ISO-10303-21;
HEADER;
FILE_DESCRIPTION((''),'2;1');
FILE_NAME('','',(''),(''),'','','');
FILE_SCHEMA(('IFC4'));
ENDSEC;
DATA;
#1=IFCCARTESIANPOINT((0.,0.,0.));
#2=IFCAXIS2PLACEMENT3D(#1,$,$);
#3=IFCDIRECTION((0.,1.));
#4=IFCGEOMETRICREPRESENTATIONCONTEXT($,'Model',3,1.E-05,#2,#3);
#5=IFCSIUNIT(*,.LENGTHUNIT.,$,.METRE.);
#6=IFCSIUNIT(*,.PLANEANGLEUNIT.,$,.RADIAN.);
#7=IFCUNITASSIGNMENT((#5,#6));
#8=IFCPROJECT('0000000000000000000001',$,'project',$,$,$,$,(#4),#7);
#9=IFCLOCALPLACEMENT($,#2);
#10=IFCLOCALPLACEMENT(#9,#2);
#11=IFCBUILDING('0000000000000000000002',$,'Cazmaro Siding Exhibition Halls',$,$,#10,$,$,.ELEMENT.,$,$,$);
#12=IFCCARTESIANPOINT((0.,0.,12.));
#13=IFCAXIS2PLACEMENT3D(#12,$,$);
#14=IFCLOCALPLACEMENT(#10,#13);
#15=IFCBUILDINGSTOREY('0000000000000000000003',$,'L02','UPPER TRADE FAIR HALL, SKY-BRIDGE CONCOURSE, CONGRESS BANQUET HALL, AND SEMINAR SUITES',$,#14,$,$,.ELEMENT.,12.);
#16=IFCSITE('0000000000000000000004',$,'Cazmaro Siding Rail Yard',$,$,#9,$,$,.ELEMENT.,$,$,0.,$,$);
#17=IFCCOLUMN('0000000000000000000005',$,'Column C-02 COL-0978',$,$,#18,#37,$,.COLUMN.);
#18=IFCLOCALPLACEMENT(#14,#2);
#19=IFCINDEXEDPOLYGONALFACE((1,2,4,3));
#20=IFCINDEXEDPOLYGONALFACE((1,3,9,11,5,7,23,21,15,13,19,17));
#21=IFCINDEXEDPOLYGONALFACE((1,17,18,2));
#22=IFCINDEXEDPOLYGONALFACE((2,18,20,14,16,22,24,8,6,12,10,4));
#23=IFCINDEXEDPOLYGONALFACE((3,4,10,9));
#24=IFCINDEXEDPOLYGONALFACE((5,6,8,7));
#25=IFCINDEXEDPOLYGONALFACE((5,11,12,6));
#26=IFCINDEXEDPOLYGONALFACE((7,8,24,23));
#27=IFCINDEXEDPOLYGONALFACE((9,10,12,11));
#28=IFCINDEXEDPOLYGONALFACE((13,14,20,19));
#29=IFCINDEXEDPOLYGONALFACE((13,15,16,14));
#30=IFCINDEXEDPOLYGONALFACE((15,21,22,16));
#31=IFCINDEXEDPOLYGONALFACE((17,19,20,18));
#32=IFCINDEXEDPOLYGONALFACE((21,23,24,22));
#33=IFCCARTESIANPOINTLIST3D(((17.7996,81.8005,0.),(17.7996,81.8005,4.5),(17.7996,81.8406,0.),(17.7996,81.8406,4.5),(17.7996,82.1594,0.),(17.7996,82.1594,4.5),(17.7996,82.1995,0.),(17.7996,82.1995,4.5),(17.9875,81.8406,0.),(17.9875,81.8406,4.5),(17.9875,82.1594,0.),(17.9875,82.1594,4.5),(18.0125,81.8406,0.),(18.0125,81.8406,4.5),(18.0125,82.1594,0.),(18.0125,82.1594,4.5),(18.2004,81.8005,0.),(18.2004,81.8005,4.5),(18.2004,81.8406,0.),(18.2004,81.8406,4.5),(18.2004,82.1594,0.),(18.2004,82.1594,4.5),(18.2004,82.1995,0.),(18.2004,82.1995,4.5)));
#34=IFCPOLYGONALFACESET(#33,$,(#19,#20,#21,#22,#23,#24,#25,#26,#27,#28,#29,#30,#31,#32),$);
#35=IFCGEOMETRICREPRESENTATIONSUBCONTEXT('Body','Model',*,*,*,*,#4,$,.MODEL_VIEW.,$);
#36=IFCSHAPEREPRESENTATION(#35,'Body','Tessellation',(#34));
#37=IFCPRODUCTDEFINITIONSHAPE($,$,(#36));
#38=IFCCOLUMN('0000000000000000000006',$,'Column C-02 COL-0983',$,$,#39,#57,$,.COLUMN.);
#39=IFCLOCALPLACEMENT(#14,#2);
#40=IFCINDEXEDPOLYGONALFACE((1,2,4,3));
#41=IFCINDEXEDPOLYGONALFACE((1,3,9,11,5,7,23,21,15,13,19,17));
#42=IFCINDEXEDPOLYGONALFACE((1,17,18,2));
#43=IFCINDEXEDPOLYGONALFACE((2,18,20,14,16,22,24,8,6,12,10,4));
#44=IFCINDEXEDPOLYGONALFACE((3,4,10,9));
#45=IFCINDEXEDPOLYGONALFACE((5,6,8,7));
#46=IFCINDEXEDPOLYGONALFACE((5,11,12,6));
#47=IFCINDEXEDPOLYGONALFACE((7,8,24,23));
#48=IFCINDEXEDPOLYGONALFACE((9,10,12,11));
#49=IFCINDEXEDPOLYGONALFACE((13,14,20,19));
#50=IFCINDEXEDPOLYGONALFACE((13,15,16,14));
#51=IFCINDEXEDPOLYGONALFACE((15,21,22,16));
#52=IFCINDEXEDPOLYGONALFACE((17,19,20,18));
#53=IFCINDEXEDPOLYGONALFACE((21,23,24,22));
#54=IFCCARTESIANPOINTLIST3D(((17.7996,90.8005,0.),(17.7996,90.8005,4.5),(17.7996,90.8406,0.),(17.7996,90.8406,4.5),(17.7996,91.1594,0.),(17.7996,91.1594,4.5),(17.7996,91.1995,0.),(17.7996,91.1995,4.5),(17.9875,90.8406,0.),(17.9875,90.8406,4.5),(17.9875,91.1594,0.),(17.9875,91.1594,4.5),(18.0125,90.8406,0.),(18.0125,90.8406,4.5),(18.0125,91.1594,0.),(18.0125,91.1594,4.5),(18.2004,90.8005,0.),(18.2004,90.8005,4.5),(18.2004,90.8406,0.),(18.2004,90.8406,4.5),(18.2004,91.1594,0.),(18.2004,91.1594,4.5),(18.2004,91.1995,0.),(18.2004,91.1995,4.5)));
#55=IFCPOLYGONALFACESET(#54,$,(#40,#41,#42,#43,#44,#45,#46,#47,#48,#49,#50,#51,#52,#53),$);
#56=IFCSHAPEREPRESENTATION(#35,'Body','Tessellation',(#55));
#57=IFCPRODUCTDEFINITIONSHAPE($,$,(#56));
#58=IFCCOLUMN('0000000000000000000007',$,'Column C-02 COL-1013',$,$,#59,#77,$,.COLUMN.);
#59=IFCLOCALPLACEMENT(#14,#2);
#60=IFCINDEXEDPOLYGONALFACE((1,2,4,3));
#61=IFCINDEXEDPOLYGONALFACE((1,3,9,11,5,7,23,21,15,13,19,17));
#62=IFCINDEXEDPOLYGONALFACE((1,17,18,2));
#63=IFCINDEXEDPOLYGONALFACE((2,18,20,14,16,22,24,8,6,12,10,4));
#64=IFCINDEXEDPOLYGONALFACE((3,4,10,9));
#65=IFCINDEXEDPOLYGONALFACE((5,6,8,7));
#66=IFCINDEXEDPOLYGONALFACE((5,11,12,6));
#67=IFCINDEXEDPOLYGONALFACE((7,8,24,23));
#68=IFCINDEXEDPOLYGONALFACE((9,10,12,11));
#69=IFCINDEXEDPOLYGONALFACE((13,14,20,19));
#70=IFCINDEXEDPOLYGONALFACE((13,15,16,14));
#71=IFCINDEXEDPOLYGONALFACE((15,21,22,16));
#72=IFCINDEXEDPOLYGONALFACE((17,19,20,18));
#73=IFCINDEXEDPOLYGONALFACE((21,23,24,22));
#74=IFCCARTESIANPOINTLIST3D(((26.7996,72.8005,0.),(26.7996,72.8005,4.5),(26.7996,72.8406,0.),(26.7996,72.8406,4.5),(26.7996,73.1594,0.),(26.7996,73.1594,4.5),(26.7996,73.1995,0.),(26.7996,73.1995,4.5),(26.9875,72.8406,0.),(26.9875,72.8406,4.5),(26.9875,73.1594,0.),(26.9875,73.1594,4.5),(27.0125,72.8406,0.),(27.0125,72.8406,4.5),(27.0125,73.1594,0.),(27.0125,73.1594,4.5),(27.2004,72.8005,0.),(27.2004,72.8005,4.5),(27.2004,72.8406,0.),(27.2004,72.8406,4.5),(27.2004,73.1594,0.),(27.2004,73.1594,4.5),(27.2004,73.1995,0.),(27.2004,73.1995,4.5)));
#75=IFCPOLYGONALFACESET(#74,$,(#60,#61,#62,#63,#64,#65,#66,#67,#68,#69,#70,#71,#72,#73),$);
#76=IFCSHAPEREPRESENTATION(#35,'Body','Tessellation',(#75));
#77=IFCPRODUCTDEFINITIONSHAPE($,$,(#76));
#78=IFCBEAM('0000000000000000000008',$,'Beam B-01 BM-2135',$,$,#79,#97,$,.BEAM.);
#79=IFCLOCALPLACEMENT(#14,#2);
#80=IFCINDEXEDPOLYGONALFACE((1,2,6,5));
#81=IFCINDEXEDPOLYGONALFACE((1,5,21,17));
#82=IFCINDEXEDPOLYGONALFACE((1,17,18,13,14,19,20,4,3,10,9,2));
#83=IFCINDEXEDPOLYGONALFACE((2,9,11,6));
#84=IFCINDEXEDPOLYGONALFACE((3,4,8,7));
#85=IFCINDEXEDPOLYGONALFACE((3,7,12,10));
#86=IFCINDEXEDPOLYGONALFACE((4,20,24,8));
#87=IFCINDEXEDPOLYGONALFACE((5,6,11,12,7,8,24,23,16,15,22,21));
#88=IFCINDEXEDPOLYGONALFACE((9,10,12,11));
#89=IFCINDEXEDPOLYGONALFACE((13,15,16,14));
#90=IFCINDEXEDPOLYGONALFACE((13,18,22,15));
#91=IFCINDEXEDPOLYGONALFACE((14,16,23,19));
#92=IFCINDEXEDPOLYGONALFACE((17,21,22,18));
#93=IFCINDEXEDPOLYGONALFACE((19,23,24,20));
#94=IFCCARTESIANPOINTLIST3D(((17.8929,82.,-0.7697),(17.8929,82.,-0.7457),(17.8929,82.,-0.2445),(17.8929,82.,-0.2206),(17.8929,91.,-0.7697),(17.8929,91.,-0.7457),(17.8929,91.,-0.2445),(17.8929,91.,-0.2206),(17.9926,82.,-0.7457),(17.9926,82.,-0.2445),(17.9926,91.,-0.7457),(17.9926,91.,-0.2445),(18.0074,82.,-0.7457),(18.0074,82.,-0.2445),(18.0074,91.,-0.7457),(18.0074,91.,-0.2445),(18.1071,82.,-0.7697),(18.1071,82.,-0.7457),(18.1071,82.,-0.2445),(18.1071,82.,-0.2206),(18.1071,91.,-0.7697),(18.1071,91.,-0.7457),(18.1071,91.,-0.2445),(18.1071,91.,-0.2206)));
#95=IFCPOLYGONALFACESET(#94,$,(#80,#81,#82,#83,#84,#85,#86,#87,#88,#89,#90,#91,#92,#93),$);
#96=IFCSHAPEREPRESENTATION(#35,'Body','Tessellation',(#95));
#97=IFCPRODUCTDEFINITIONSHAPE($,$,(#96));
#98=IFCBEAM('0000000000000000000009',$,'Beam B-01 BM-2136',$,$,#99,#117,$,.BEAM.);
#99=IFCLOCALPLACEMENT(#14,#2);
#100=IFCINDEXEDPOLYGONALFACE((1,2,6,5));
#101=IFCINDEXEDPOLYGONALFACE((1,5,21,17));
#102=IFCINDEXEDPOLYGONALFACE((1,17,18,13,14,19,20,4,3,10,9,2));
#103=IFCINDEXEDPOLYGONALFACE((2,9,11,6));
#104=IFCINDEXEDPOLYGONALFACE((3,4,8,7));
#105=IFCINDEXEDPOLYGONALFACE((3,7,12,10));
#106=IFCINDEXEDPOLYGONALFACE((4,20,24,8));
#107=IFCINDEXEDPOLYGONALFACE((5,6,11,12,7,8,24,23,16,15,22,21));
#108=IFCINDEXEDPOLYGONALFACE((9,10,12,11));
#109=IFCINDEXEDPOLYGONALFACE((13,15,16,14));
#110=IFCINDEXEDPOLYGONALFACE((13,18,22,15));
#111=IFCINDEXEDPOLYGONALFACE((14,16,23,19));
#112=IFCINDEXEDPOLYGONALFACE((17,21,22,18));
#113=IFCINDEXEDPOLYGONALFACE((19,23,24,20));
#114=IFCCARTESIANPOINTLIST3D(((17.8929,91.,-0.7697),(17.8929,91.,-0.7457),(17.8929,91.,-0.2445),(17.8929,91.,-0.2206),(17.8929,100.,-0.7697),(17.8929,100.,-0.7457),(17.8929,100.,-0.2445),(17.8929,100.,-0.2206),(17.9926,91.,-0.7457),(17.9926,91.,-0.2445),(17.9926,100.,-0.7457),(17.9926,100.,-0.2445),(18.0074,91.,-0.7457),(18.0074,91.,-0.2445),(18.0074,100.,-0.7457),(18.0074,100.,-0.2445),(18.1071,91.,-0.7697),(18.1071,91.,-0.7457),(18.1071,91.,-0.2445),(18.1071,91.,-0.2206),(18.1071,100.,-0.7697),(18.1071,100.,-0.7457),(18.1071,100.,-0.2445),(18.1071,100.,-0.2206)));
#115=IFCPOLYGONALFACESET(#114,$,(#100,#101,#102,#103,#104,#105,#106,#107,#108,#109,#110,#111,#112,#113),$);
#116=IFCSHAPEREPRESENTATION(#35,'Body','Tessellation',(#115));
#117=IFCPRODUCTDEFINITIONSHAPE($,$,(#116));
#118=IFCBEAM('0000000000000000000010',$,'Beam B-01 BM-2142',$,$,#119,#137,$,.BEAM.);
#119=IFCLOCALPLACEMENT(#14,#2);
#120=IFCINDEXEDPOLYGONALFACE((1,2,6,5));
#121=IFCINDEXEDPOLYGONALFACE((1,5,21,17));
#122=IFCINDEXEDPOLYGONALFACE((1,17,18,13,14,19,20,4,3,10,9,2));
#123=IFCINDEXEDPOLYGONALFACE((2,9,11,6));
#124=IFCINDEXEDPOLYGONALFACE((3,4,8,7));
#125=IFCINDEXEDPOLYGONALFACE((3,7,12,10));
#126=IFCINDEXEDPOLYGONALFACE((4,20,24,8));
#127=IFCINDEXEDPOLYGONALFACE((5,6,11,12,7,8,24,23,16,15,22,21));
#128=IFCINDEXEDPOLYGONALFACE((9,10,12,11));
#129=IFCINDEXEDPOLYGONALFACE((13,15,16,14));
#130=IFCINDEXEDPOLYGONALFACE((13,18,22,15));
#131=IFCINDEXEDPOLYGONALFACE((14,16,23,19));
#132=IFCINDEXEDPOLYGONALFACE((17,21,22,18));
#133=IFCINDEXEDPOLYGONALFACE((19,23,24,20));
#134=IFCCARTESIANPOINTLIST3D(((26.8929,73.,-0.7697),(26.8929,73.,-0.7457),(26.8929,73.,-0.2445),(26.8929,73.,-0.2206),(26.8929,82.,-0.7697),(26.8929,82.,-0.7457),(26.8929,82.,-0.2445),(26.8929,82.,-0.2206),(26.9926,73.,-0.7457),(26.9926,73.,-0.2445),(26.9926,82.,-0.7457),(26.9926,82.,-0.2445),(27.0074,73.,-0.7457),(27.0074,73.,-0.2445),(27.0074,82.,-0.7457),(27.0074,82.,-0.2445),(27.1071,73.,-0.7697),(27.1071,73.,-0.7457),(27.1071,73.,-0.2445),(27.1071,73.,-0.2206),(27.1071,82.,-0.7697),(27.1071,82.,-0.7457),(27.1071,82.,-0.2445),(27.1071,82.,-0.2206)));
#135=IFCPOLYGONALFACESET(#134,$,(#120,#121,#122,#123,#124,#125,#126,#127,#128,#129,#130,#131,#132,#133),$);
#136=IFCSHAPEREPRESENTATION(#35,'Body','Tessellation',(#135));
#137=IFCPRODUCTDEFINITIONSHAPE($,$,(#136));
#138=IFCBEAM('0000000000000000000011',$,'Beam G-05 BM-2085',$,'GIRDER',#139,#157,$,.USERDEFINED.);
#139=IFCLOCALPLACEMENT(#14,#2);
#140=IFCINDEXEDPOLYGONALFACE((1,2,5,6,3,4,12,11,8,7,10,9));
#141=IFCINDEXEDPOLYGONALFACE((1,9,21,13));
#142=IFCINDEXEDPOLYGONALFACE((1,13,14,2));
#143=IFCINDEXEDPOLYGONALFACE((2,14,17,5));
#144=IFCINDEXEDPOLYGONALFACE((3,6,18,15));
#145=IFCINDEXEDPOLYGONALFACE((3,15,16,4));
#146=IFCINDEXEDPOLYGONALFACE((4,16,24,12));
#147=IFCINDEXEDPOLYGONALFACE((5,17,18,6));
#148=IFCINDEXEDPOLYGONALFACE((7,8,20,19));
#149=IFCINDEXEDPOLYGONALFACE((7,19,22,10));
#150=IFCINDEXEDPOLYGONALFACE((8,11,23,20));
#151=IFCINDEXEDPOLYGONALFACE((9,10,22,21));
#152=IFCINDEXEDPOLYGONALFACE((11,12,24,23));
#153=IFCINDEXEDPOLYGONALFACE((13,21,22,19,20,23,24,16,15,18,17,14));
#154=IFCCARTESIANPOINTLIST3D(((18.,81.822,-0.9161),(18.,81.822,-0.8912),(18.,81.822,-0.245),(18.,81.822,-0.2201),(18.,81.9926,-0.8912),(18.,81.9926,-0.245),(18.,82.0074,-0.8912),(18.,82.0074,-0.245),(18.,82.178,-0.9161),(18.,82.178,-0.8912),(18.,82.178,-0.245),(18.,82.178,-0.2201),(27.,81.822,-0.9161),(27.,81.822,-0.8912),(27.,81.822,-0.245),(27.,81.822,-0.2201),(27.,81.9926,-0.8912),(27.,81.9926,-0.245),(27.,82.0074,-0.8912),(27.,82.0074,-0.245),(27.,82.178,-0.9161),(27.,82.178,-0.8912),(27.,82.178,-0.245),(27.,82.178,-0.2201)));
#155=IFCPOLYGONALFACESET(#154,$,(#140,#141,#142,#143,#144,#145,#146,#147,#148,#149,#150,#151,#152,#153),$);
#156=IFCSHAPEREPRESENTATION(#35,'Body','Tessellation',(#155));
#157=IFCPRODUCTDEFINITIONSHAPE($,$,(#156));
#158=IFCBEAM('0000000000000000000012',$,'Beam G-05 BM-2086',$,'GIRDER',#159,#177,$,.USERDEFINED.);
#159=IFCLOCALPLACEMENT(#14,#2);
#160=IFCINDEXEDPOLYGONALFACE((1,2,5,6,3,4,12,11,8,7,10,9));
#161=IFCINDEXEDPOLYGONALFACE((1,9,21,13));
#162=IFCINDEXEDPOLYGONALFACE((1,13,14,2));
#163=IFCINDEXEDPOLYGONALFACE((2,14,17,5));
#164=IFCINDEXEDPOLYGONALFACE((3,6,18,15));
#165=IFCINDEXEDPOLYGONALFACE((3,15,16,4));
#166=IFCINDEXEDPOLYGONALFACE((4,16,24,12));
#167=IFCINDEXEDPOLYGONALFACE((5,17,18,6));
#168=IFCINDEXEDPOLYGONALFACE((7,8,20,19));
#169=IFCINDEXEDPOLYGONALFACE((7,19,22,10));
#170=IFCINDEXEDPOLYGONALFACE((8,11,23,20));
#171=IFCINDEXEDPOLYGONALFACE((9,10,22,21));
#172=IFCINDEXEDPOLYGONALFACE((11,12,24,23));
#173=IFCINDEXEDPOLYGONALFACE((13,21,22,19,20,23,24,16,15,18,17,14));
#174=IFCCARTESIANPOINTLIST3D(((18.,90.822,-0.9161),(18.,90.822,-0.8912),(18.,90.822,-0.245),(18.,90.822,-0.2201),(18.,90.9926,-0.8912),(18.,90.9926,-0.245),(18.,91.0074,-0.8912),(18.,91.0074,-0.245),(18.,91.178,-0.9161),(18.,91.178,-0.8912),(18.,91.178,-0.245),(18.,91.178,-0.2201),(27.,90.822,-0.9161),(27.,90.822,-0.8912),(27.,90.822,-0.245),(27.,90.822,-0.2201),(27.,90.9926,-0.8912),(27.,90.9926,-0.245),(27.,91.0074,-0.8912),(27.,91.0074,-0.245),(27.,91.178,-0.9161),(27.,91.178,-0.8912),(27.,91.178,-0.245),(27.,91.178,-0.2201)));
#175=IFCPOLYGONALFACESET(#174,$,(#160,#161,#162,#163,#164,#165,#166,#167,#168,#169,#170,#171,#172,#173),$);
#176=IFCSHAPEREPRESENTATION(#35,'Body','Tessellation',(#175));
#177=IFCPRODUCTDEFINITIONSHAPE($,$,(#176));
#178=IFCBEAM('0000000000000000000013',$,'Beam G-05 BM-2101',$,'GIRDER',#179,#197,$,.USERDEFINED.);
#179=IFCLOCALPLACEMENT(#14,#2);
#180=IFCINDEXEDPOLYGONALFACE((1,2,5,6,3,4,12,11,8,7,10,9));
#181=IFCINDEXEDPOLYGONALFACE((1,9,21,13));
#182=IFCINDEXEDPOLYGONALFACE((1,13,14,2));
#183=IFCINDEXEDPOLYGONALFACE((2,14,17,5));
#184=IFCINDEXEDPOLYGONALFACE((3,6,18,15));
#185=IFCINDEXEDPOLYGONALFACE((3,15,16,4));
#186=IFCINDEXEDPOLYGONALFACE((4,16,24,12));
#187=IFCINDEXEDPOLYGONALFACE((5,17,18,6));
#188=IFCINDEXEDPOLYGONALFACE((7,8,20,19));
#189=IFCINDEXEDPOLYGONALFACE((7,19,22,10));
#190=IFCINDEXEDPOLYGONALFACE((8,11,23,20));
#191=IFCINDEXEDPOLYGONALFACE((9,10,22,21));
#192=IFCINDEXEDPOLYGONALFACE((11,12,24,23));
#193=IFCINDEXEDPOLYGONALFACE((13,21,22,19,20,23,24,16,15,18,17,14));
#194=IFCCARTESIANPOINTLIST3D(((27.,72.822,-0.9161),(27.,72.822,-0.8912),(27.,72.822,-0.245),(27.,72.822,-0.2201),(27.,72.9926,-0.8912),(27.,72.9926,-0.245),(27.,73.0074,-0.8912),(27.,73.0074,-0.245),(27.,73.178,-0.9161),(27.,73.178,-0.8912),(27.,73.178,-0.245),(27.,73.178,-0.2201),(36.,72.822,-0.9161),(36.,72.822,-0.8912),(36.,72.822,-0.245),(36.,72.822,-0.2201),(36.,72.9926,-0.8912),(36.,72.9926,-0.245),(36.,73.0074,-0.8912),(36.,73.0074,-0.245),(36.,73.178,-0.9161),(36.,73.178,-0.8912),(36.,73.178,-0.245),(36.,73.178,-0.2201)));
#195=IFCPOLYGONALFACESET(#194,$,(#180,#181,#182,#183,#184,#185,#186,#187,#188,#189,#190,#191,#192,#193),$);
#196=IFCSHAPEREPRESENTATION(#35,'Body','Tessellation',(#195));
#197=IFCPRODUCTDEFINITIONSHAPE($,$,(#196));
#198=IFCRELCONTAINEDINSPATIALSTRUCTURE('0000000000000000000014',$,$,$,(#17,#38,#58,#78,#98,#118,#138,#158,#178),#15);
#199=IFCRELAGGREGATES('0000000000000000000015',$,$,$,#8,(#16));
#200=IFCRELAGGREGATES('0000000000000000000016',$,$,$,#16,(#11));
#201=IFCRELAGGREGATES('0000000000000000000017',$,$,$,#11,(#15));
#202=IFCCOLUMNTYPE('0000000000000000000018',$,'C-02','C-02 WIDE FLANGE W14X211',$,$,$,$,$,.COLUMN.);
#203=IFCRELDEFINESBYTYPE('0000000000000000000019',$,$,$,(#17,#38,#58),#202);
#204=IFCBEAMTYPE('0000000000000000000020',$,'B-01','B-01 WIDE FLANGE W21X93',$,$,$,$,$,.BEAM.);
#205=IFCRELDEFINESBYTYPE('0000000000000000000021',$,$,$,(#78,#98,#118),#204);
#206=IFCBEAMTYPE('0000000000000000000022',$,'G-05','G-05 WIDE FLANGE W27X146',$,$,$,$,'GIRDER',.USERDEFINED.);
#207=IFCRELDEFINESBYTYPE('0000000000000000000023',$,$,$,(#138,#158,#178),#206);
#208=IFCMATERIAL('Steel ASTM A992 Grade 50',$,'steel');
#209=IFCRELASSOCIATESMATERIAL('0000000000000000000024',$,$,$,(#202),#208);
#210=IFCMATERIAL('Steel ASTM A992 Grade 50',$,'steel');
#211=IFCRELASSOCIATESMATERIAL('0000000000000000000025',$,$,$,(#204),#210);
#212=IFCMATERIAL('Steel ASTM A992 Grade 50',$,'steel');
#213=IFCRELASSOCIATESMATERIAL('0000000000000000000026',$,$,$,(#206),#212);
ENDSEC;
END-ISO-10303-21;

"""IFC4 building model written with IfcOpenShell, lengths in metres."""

from ifc_helpers import new_model, si_unit, direction, frame, origin, origin_2d, place, context, subcontext, project, spatial, i_section, extrude, material, material_profile, profile_set, type_object, element, save


model = new_model("IFC4")

# Units and contexts
model_context = context("Model", 3, precision=1e-05, world=origin(), true_north=direction((0.0, 1.0)))
body_context = subcontext(model_context, "Body", "Model", "MODEL_VIEW")
ifc_project = project(units=[si_unit("LENGTHUNIT", "METRE"), si_unit("PLANEANGLEUNIT", "RADIAN")], contexts=[model_context])

# Site, building, storey
site_placement = place(None, origin())
site = spatial("IfcSite", under=ifc_project, at=site_placement, Name="Cazmaro Siding Rail Yard", CompositionType="ELEMENT", RefElevation=0.0)
building_placement = place(site_placement, origin())
building = spatial("IfcBuilding", under=site, at=building_placement, Name="Cazmaro Siding Exhibition Halls", CompositionType="ELEMENT")
storey_placement = place(building_placement, frame((0.0, 0.0, 12.0)))
storey = spatial("IfcBuildingStorey", under=building, at=storey_placement, Name="L02", Description="UPPER TRADE FAIR HALL, SKY-BRIDGE CONCOURSE, CONGRESS BANQUET HALL, AND SEMINAR SUITES", CompositionType="ELEMENT", Elevation=12.0)

# Columns
ifc_material_1 = material(Name="Steel ASTM A992 Grade 50", Category="steel")
ifc_material_profile_1 = material_profile(ifc_material_1, i_section(OverallWidth=0.4009, OverallDepth=0.3989, WebThickness=0.0249, FlangeThickness=0.04, at=origin_2d()), Name="W14X211")
ifc_profile_set_1 = profile_set([ifc_material_profile_1], Name="Steel ASTM A992 Grade 50")
column_type = type_object("IfcColumnType", Name="C-02", Description="C-02 WIDE FLANGE W14X211", PredefinedType="COLUMN", material=ifc_profile_set_1)
for number, where, z_axis, x_axis, name in (
    (1, (18.0, 82.0, 0.0), (0.0, 0.0, 1.0), (1.0, 0.0, 0.0), "Column C-02 COL-0978"),
    (2, (18.0, 91.0, 0.0), (0.0, 0.0, 1.0), (1.0, 0.0, 0.0), "Column C-02 COL-0983"),
    (3, (27.0, 73.0, 0.0), (0.0, 0.0, 1.0), (1.0, 0.0, 0.0), "Column C-02 COL-1013"),
):
    element("IfcColumn", number, at=place(storey_placement, frame(where, z_axis=z_axis, x_axis=x_axis)), inside=storey, type_object=column_type, Name=name, PredefinedType="COLUMN", context=body_context, shape_type="SweptSolid", body=[
        extrude(i_section(OverallWidth=0.4009, OverallDepth=0.3989, WebThickness=0.0249, FlangeThickness=0.04, at=origin_2d()), origin(), (0.0, 0.0, 1.0), 4.5),
    ])

# Beams
ifc_material_2 = material(Name="Steel ASTM A992 Grade 50", Category="steel")
ifc_material_profile_2 = material_profile(ifc_material_2, i_section(OverallWidth=0.2141, OverallDepth=0.5491, WebThickness=0.0149, FlangeThickness=0.0239, at=origin_2d()), Name="W21X93")
ifc_profile_set_2 = profile_set([ifc_material_profile_2], Name="Steel ASTM A992 Grade 50")
beam_type_1 = type_object("IfcBeamType", Name="B-01", Description="B-01 WIDE FLANGE W21X93", PredefinedType="BEAM", material=ifc_profile_set_2)
for number, where, z_axis, x_axis, name in (
    (4, (18.0, 82.0, -0.4951), (0.0, 1.0, 0.0), (-1.0, 0.0, 0.0), "Beam B-01 BM-2135"),
    (5, (18.0, 91.0, -0.4951), (0.0, 1.0, 0.0), (-1.0, 0.0, 0.0), "Beam B-01 BM-2136"),
    (6, (27.0, 73.0, -0.4951), (0.0, 1.0, 0.0), (-1.0, 0.0, 0.0), "Beam B-01 BM-2142"),
):
    element("IfcBeam", number, at=place(storey_placement, frame(where, z_axis=z_axis, x_axis=x_axis)), inside=storey, type_object=beam_type_1, Name=name, PredefinedType="BEAM", context=body_context, shape_type="SweptSolid", body=[
        extrude(i_section(OverallWidth=0.2141, OverallDepth=0.5491, WebThickness=0.0149, FlangeThickness=0.0239, at=origin_2d()), origin(), (0.0, 0.0, 1.0), 9.0),
    ])
ifc_material_3 = material(Name="Steel ASTM A992 Grade 50", Category="steel")
ifc_material_profile_3 = material_profile(ifc_material_3, i_section(OverallWidth=0.356, OverallDepth=0.696, WebThickness=0.0149, FlangeThickness=0.0249, at=origin_2d()), Name="W27X146")
ifc_profile_set_3 = profile_set([ifc_material_profile_3], Name="Steel ASTM A992 Grade 50")
beam_type_2 = type_object("IfcBeamType", Name="G-05", Description="G-05 WIDE FLANGE W27X146", ElementType="GIRDER", PredefinedType="USERDEFINED", material=ifc_profile_set_3)
for number, where, z_axis, x_axis, name in (
    (7, (18.0, 82.0, -0.5681), (1.0, 0.0, 0.0), (0.0, 1.0, 0.0), "Beam G-05 BM-2085"),
    (8, (18.0, 91.0, -0.5681), (1.0, 0.0, 0.0), (0.0, 1.0, 0.0), "Beam G-05 BM-2086"),
    (9, (27.0, 73.0, -0.5681), (1.0, 0.0, 0.0), (0.0, 1.0, 0.0), "Beam G-05 BM-2101"),
):
    element("IfcBeam", number, at=place(storey_placement, frame(where, z_axis=z_axis, x_axis=x_axis)), inside=storey, type_object=beam_type_2, Name=name, ObjectType="GIRDER", PredefinedType="USERDEFINED", context=body_context, shape_type="SweptSolid", body=[
        extrude(i_section(OverallWidth=0.356, OverallDepth=0.696, WebThickness=0.0149, FlangeThickness=0.0249, at=origin_2d()), origin(), (0.0, 0.0, 1.0), 9.0),
    ])

save(model, "model.ifc")
